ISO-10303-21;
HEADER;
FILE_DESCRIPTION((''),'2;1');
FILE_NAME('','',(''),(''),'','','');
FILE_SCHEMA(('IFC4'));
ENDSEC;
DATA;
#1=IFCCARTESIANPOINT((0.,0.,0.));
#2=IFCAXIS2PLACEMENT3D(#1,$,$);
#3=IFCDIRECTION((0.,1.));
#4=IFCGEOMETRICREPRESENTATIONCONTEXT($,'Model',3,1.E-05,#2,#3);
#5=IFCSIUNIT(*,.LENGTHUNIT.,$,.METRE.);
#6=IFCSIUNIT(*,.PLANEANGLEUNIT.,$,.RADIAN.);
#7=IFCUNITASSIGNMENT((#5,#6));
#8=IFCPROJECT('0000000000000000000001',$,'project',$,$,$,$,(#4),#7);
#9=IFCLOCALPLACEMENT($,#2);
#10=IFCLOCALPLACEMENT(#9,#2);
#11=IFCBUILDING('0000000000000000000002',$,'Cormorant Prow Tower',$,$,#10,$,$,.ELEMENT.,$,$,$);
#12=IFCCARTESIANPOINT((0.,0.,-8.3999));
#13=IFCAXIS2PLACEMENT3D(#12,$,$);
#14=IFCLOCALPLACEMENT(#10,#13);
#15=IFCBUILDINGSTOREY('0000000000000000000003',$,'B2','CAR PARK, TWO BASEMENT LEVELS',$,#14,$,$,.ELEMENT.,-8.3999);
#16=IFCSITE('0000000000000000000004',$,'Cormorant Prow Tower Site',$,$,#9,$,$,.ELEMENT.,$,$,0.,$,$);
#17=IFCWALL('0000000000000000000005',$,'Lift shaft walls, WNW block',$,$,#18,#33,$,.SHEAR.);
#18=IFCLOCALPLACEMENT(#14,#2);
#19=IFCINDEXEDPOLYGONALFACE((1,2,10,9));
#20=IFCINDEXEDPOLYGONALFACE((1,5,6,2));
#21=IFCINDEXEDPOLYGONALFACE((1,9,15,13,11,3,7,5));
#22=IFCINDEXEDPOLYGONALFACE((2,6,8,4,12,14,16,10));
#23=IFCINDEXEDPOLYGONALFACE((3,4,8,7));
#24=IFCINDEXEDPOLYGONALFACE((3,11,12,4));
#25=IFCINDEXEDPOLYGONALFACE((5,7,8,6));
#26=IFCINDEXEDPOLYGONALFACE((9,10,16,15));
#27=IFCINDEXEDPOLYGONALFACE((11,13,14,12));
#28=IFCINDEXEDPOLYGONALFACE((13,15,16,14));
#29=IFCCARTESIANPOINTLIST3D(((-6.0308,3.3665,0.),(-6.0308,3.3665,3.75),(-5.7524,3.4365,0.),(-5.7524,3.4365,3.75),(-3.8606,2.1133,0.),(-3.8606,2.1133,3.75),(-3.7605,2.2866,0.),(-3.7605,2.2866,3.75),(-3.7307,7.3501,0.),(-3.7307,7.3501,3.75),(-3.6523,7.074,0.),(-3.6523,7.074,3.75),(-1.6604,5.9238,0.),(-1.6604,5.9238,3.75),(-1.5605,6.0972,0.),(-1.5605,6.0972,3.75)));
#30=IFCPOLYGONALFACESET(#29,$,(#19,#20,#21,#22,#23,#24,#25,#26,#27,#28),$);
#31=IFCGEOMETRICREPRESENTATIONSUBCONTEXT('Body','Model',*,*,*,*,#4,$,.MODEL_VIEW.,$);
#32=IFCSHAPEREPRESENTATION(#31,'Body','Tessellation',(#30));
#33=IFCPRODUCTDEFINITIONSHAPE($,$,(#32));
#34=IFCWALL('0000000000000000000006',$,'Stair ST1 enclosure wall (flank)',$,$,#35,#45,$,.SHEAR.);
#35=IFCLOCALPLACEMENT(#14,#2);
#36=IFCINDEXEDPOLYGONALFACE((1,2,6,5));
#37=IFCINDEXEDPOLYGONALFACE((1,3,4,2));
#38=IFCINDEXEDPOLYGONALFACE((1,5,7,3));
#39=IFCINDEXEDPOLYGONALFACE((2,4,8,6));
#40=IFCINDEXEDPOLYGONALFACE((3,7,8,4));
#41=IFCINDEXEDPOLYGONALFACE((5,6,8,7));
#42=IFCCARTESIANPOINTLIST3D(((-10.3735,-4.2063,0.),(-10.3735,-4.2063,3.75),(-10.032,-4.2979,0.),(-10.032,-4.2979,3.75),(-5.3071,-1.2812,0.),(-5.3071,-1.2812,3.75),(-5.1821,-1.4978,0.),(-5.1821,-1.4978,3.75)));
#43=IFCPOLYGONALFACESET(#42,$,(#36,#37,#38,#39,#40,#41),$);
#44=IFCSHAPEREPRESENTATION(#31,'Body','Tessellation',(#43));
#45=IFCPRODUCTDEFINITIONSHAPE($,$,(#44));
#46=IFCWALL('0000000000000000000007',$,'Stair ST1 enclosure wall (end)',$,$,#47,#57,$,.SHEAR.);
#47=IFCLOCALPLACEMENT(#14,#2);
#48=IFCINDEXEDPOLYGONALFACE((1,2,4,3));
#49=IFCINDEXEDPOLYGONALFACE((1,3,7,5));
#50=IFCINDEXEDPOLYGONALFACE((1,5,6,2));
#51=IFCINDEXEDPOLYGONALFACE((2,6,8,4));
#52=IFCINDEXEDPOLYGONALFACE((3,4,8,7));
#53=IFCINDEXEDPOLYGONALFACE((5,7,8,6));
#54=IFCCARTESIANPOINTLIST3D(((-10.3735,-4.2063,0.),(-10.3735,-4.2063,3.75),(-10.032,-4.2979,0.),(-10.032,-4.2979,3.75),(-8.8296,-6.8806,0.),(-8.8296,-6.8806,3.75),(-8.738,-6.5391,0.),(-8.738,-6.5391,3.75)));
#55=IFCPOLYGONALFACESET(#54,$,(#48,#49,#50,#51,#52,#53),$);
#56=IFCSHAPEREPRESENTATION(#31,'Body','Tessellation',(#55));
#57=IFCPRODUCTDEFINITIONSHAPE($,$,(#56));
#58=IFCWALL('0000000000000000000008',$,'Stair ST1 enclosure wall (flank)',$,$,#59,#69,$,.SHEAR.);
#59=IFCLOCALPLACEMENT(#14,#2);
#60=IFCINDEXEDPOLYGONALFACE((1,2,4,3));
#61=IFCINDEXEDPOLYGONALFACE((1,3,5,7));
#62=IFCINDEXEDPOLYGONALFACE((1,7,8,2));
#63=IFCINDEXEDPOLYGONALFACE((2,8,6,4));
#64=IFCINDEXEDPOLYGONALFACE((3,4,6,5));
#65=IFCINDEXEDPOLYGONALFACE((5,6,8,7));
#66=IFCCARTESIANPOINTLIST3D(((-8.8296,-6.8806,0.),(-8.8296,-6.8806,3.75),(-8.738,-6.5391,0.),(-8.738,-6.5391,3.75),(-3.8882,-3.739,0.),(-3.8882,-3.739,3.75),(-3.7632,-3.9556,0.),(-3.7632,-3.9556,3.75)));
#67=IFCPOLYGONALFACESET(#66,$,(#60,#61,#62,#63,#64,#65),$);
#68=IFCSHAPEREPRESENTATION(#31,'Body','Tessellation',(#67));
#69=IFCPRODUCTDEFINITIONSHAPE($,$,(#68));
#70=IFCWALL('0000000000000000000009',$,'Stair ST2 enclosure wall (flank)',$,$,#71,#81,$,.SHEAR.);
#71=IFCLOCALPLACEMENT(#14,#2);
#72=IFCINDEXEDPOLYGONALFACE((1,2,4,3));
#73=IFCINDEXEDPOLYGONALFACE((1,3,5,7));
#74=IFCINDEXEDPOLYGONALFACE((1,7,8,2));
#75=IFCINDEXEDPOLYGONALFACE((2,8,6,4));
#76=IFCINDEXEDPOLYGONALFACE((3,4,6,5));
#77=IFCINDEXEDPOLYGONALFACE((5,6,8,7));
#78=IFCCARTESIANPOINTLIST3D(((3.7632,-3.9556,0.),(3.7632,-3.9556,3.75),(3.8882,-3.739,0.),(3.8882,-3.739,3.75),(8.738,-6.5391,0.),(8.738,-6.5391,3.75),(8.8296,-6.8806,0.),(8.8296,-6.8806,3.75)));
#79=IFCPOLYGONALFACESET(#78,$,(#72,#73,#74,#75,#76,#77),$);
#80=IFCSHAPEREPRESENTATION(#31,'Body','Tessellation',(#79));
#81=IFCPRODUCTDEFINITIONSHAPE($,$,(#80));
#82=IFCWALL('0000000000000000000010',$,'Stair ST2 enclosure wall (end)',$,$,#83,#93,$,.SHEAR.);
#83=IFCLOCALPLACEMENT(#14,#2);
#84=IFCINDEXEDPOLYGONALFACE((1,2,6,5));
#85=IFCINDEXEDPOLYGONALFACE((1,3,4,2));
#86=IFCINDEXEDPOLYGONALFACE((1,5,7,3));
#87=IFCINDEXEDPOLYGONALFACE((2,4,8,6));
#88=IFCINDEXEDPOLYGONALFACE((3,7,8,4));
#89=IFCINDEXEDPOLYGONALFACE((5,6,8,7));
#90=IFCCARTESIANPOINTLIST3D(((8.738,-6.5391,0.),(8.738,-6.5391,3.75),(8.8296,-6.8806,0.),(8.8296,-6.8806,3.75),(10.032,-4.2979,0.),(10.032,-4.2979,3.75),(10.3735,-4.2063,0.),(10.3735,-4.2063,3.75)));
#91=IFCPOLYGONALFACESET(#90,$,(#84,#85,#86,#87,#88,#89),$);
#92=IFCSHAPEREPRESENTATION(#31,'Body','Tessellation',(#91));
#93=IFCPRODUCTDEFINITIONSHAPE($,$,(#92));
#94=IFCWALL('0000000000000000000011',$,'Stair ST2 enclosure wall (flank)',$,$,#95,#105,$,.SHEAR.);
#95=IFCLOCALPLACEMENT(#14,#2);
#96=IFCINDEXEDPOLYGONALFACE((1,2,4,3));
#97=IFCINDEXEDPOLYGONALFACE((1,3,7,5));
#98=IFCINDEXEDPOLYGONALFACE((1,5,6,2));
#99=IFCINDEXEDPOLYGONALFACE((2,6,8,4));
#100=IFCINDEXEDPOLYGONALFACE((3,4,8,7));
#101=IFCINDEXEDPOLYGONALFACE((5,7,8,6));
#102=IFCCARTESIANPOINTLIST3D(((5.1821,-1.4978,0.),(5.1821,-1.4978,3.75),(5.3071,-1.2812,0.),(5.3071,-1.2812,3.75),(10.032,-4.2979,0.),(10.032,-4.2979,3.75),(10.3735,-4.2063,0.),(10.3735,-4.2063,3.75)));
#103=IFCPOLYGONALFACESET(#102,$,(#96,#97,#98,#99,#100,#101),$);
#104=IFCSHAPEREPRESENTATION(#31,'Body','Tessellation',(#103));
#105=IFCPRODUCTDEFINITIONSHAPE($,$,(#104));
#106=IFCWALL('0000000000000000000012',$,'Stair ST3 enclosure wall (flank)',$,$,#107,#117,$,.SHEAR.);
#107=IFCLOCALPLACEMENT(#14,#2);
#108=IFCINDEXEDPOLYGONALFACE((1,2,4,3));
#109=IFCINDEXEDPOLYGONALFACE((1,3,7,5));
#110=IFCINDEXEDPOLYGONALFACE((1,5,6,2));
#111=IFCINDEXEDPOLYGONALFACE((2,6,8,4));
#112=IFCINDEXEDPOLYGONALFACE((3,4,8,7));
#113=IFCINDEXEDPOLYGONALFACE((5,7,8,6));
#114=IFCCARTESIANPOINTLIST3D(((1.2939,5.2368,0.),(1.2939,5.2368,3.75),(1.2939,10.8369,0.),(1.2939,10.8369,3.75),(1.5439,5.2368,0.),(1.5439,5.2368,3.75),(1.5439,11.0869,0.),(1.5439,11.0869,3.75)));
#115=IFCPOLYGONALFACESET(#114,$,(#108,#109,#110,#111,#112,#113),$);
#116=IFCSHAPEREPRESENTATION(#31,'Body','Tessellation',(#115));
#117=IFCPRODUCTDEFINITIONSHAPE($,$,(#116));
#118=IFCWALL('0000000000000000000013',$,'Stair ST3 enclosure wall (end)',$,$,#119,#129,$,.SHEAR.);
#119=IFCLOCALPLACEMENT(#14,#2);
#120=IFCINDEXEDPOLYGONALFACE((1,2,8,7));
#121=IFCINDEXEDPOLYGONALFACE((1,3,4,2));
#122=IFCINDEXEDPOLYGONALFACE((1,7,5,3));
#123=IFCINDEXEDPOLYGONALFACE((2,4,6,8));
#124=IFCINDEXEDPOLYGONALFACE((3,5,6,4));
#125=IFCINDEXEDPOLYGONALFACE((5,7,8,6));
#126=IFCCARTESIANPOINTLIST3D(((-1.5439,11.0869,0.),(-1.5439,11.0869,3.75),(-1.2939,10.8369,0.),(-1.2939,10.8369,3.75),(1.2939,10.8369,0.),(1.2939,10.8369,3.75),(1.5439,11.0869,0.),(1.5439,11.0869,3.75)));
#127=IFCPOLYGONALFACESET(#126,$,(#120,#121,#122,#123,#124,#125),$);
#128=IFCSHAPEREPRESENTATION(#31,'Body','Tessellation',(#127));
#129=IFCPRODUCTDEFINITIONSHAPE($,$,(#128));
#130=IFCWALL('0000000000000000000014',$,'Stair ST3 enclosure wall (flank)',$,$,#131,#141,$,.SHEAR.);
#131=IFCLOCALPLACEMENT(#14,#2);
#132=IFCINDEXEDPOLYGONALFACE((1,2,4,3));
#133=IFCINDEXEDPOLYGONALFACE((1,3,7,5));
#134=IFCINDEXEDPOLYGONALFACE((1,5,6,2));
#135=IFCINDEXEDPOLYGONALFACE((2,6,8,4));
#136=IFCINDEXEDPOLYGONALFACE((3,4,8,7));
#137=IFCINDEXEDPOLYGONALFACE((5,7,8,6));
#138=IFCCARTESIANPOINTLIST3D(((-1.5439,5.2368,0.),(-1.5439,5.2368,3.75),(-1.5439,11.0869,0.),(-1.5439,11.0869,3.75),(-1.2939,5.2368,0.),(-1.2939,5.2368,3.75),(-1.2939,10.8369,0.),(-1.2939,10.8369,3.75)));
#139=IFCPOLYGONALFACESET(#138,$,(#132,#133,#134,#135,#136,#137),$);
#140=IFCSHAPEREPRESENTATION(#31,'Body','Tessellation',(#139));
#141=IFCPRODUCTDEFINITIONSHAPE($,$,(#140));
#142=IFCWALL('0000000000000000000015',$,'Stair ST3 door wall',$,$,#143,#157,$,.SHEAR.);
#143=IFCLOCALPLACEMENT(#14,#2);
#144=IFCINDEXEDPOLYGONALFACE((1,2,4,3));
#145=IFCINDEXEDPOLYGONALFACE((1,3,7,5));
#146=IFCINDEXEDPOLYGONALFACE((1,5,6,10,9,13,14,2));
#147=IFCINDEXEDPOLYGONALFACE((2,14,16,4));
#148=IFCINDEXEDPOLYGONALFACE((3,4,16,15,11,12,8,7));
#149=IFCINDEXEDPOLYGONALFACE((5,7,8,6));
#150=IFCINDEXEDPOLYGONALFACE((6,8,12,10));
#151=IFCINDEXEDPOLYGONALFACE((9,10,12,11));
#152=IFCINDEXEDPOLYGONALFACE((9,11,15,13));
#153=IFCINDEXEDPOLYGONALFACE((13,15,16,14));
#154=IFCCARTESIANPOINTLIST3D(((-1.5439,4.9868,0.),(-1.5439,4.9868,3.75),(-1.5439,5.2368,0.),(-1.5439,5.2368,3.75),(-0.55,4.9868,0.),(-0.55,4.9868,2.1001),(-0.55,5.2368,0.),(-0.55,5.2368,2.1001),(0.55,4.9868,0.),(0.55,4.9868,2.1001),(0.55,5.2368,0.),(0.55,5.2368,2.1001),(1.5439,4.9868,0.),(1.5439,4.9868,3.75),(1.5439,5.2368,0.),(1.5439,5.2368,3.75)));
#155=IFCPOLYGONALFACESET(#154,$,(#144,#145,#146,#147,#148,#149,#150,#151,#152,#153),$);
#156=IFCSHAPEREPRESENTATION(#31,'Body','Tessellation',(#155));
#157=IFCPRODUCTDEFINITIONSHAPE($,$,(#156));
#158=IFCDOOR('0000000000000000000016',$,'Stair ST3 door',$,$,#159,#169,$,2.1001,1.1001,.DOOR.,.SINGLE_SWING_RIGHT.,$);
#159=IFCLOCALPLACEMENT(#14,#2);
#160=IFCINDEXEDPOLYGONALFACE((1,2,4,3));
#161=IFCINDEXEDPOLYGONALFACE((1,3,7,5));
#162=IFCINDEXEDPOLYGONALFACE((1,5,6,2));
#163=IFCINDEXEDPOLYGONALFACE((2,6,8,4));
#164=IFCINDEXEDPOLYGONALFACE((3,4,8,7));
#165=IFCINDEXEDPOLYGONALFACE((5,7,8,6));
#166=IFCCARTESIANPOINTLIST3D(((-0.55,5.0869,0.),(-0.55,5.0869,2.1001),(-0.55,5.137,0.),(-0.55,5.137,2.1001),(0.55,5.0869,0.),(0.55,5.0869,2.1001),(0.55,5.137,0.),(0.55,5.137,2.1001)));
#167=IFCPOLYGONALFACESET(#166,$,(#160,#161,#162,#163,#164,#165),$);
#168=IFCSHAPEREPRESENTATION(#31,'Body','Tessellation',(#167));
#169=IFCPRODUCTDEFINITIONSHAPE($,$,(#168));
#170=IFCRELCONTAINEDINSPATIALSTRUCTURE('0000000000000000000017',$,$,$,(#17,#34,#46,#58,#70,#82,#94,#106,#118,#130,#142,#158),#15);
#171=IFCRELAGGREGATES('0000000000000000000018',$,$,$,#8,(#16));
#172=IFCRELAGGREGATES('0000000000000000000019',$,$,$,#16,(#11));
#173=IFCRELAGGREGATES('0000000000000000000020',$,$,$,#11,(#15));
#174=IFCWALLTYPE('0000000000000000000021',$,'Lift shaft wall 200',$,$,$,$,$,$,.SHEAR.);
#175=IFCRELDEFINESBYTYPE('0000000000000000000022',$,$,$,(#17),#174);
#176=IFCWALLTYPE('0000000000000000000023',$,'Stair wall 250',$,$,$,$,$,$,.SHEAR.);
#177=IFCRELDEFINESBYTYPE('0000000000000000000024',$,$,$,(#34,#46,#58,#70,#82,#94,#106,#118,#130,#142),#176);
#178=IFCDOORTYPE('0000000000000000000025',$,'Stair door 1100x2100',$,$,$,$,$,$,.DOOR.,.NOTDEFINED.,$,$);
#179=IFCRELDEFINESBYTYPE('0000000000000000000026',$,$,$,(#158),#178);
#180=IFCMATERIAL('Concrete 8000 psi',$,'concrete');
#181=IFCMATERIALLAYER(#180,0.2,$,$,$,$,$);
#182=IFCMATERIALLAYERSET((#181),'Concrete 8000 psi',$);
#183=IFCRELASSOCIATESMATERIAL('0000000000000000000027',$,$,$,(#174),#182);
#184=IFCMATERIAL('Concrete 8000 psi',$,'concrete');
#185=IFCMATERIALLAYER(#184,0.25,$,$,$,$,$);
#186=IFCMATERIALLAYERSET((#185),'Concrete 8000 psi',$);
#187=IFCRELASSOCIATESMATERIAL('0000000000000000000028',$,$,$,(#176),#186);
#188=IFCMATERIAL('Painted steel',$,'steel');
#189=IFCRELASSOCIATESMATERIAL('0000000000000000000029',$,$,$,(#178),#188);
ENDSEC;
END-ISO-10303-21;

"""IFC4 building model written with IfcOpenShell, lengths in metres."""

from ifc_helpers import new_model, si_unit, direction, frame, frame_2d, origin, place, context, subcontext, project, spatial, polyline, rectangle, outline, extrude, material, layer, layer_set, type_object, element, fill, save


model = new_model("IFC4")

# Units and contexts
model_context = context("Model", 3, precision=1e-05, world=origin(), true_north=direction((0.0, 1.0)))
body_context = subcontext(model_context, "Body", "Model", "MODEL_VIEW")
ifc_project = project(units=[si_unit("LENGTHUNIT", "METRE"), si_unit("PLANEANGLEUNIT", "RADIAN")], contexts=[model_context])

# Site, building, storey
site_placement = place(None, origin())
site = spatial("IfcSite", under=ifc_project, at=site_placement, Name="Cormorant Prow Tower Site", CompositionType="ELEMENT", RefElevation=0.0)
building_placement = place(site_placement, origin())
building = spatial("IfcBuilding", under=site, at=building_placement, Name="Cormorant Prow Tower", CompositionType="ELEMENT")
storey_placement = place(building_placement, frame((0.0, 0.0, -8.3999)))
storey = spatial("IfcBuildingStorey", under=building, at=storey_placement, Name="B2", Description="CAR PARK, TWO BASEMENT LEVELS", CompositionType="ELEMENT", Elevation=-8.3999)

# Walls
ifc_material_1 = material(Name="Concrete 8000 psi", Category="concrete")
ifc_layer_1 = layer(ifc_material_1, 0.2)
ifc_layer_set_1 = layer_set([ifc_layer_1], Name="Concrete 8000 psi")
wall_type_1 = type_object("IfcWallType", Name="Lift shaft wall 200", PredefinedType="SHEAR", material=ifc_layer_set_1)
wall_1_placement = place(storey_placement, origin())
element("IfcWall", 1, at=wall_1_placement, inside=storey, type_object=wall_type_1, Name="Lift shaft walls, WNW block", PredefinedType="SHEAR", context=body_context, shape_type="SweptSolid", body=[
    extrude(outline(polyline([(-3.8606, 2.1133), (-6.0308, 3.3665), (-3.7307, 7.3501), (-1.5605, 6.0972), (-1.6604, 5.9238), (-3.6523, 7.074), (-5.7524, 3.4365), (-3.7605, 2.2866), (-3.8606, 2.1133)])), origin(), (0.0, 0.0, 1.0), 3.75),
])
ifc_material_2 = material(Name="Concrete 8000 psi", Category="concrete")
ifc_layer_2 = layer(ifc_material_2, 0.25)
ifc_layer_set_2 = layer_set([ifc_layer_2], Name="Concrete 8000 psi")
wall_type_2 = type_object("IfcWallType", Name="Stair wall 250", PredefinedType="SHEAR", material=ifc_layer_set_2)
wall_2_placement = place(storey_placement, origin())
element("IfcWall", 2, at=wall_2_placement, inside=storey, type_object=wall_type_2, Name="Stair ST1 enclosure wall (flank)", PredefinedType="SHEAR", context=body_context, shape_type="SweptSolid", body=[
    extrude(outline(polyline([(-5.3071, -1.2812), (-10.3735, -4.2063), (-10.032, -4.2979), (-5.1821, -1.4978), (-5.3071, -1.2812)])), origin(), (0.0, 0.0, 1.0), 3.75),
])
wall_3_placement = place(storey_placement, origin())
element("IfcWall", 3, at=wall_3_placement, inside=storey, type_object=wall_type_2, Name="Stair ST1 enclosure wall (end)", PredefinedType="SHEAR", context=body_context, shape_type="SweptSolid", body=[
    extrude(outline(polyline([(-10.3735, -4.2063), (-8.8296, -6.8806), (-8.738, -6.5391), (-10.032, -4.2979), (-10.3735, -4.2063)])), origin(), (0.0, 0.0, 1.0), 3.75),
])
wall_4_placement = place(storey_placement, origin())
element("IfcWall", 4, at=wall_4_placement, inside=storey, type_object=wall_type_2, Name="Stair ST1 enclosure wall (flank)", PredefinedType="SHEAR", context=body_context, shape_type="SweptSolid", body=[
    extrude(outline(polyline([(-8.738, -6.5391), (-8.8296, -6.8806), (-3.7632, -3.9556), (-3.8882, -3.739), (-8.738, -6.5391)])), origin(), (0.0, 0.0, 1.0), 3.75),
])
wall_5_placement = place(storey_placement, origin())
element("IfcWall", 5, at=wall_5_placement, inside=storey, type_object=wall_type_2, Name="Stair ST2 enclosure wall (flank)", PredefinedType="SHEAR", context=body_context, shape_type="SweptSolid", body=[
    extrude(outline(polyline([(3.7632, -3.9556), (8.8296, -6.8806), (8.738, -6.5391), (3.8882, -3.739), (3.7632, -3.9556)])), origin(), (0.0, 0.0, 1.0), 3.75),
])
wall_6_placement = place(storey_placement, origin())
element("IfcWall", 6, at=wall_6_placement, inside=storey, type_object=wall_type_2, Name="Stair ST2 enclosure wall (end)", PredefinedType="SHEAR", context=body_context, shape_type="SweptSolid", body=[
    extrude(outline(polyline([(8.8296, -6.8806), (10.3735, -4.2063), (10.032, -4.2979), (8.738, -6.5391), (8.8296, -6.8806)])), origin(), (0.0, 0.0, 1.0), 3.75),
])
wall_7_placement = place(storey_placement, origin())
element("IfcWall", 7, at=wall_7_placement, inside=storey, type_object=wall_type_2, Name="Stair ST2 enclosure wall (flank)", PredefinedType="SHEAR", context=body_context, shape_type="SweptSolid", body=[
    extrude(outline(polyline([(10.032, -4.2979), (10.3735, -4.2063), (5.3071, -1.2812), (5.1821, -1.4978), (10.032, -4.2979)])), origin(), (0.0, 0.0, 1.0), 3.75),
])
wall_8_placement = place(storey_placement, origin())
element("IfcWall", 8, at=wall_8_placement, inside=storey, type_object=wall_type_2, Name="Stair ST3 enclosure wall (flank)", PredefinedType="SHEAR", context=body_context, shape_type="SweptSolid", body=[
    extrude(outline(polyline([(1.5439, 5.2368), (1.5439, 11.0869), (1.2939, 10.8369), (1.2939, 5.2368), (1.5439, 5.2368)])), origin(), (0.0, 0.0, 1.0), 3.75),
])
wall_9_placement = place(storey_placement, origin())
element("IfcWall", 9, at=wall_9_placement, inside=storey, type_object=wall_type_2, Name="Stair ST3 enclosure wall (end)", PredefinedType="SHEAR", context=body_context, shape_type="SweptSolid", body=[
    extrude(outline(polyline([(1.5439, 11.0869), (-1.5439, 11.0869), (-1.2939, 10.8369), (1.2939, 10.8369), (1.5439, 11.0869)])), origin(), (0.0, 0.0, 1.0), 3.75),
])
wall_10_placement = place(storey_placement, origin())
element("IfcWall", 10, at=wall_10_placement, inside=storey, type_object=wall_type_2, Name="Stair ST3 enclosure wall (flank)", PredefinedType="SHEAR", context=body_context, shape_type="SweptSolid", body=[
    extrude(outline(polyline([(-1.2939, 10.8369), (-1.5439, 11.0869), (-1.5439, 5.2368), (-1.2939, 5.2368), (-1.2939, 10.8369)])), origin(), (0.0, 0.0, 1.0), 3.75),
])

# Wall, opening, door
wall_11_placement = place(storey_placement, frame((1.5439, 5.1118, 0.0), z_axis=(0.0, 0.0, 1.0), x_axis=(-1.0, 0.0, 0.0)))
wall_11 = element("IfcWall", 11, at=wall_11_placement, inside=storey, type_object=wall_type_2, Name="Stair ST3 door wall", PredefinedType="SHEAR", context=body_context, shape_type="SweptSolid", body=[
    extrude(rectangle(XDim=3.0879, YDim=0.25, at=frame_2d((1.5439, 0.0))), origin(), (0.0, 0.0, 1.0), 3.75),
])
opening_1_placement = place(wall_11_placement, frame((0.9939, 0.0, 0.0)))
opening_1 = element("IfcOpeningElement", 12, at=opening_1_placement, cuts=wall_11, PredefinedType="OPENING", context=body_context, shape_type="SweptSolid", body=[
    extrude(rectangle(XDim=1.1001, YDim=2.1001, at=frame_2d((0.55, 1.05))), frame((0.0, 0.135, 0.0), z_axis=(0.0, -1.0, 0.0), x_axis=(1.0, 0.0, 0.0)), (0.0, 0.0, 1.0), 0.27),
])
ifc_material_3 = material(Name="Painted steel", Category="steel")
door_type_1 = type_object("IfcDoorType", Name="Stair door 1100x2100", OperationType="NOTDEFINED", PredefinedType="DOOR", material=ifc_material_3)
door_1_placement = place(opening_1_placement, origin())
door_1 = element("IfcDoor", 13, at=door_1_placement, inside=storey, type_object=door_type_1, Name="Stair ST3 door", OperationType="SINGLE_SWING_RIGHT", OverallHeight=2.1001, OverallWidth=1.1001, PredefinedType="DOOR", context=body_context, shape_type="SweptSolid", body=[
    extrude(rectangle(XDim=1.1001, YDim=2.1001, at=frame_2d((0.55, 1.05))), frame((0.0, 0.0249, 0.0), z_axis=(0.0, -1.0, 0.0), x_axis=(1.0, 0.0, 0.0)), (0.0, 0.0, 1.0), 0.05),
])
fill(opening_1, door_1)

save(model, "model.ifc")
